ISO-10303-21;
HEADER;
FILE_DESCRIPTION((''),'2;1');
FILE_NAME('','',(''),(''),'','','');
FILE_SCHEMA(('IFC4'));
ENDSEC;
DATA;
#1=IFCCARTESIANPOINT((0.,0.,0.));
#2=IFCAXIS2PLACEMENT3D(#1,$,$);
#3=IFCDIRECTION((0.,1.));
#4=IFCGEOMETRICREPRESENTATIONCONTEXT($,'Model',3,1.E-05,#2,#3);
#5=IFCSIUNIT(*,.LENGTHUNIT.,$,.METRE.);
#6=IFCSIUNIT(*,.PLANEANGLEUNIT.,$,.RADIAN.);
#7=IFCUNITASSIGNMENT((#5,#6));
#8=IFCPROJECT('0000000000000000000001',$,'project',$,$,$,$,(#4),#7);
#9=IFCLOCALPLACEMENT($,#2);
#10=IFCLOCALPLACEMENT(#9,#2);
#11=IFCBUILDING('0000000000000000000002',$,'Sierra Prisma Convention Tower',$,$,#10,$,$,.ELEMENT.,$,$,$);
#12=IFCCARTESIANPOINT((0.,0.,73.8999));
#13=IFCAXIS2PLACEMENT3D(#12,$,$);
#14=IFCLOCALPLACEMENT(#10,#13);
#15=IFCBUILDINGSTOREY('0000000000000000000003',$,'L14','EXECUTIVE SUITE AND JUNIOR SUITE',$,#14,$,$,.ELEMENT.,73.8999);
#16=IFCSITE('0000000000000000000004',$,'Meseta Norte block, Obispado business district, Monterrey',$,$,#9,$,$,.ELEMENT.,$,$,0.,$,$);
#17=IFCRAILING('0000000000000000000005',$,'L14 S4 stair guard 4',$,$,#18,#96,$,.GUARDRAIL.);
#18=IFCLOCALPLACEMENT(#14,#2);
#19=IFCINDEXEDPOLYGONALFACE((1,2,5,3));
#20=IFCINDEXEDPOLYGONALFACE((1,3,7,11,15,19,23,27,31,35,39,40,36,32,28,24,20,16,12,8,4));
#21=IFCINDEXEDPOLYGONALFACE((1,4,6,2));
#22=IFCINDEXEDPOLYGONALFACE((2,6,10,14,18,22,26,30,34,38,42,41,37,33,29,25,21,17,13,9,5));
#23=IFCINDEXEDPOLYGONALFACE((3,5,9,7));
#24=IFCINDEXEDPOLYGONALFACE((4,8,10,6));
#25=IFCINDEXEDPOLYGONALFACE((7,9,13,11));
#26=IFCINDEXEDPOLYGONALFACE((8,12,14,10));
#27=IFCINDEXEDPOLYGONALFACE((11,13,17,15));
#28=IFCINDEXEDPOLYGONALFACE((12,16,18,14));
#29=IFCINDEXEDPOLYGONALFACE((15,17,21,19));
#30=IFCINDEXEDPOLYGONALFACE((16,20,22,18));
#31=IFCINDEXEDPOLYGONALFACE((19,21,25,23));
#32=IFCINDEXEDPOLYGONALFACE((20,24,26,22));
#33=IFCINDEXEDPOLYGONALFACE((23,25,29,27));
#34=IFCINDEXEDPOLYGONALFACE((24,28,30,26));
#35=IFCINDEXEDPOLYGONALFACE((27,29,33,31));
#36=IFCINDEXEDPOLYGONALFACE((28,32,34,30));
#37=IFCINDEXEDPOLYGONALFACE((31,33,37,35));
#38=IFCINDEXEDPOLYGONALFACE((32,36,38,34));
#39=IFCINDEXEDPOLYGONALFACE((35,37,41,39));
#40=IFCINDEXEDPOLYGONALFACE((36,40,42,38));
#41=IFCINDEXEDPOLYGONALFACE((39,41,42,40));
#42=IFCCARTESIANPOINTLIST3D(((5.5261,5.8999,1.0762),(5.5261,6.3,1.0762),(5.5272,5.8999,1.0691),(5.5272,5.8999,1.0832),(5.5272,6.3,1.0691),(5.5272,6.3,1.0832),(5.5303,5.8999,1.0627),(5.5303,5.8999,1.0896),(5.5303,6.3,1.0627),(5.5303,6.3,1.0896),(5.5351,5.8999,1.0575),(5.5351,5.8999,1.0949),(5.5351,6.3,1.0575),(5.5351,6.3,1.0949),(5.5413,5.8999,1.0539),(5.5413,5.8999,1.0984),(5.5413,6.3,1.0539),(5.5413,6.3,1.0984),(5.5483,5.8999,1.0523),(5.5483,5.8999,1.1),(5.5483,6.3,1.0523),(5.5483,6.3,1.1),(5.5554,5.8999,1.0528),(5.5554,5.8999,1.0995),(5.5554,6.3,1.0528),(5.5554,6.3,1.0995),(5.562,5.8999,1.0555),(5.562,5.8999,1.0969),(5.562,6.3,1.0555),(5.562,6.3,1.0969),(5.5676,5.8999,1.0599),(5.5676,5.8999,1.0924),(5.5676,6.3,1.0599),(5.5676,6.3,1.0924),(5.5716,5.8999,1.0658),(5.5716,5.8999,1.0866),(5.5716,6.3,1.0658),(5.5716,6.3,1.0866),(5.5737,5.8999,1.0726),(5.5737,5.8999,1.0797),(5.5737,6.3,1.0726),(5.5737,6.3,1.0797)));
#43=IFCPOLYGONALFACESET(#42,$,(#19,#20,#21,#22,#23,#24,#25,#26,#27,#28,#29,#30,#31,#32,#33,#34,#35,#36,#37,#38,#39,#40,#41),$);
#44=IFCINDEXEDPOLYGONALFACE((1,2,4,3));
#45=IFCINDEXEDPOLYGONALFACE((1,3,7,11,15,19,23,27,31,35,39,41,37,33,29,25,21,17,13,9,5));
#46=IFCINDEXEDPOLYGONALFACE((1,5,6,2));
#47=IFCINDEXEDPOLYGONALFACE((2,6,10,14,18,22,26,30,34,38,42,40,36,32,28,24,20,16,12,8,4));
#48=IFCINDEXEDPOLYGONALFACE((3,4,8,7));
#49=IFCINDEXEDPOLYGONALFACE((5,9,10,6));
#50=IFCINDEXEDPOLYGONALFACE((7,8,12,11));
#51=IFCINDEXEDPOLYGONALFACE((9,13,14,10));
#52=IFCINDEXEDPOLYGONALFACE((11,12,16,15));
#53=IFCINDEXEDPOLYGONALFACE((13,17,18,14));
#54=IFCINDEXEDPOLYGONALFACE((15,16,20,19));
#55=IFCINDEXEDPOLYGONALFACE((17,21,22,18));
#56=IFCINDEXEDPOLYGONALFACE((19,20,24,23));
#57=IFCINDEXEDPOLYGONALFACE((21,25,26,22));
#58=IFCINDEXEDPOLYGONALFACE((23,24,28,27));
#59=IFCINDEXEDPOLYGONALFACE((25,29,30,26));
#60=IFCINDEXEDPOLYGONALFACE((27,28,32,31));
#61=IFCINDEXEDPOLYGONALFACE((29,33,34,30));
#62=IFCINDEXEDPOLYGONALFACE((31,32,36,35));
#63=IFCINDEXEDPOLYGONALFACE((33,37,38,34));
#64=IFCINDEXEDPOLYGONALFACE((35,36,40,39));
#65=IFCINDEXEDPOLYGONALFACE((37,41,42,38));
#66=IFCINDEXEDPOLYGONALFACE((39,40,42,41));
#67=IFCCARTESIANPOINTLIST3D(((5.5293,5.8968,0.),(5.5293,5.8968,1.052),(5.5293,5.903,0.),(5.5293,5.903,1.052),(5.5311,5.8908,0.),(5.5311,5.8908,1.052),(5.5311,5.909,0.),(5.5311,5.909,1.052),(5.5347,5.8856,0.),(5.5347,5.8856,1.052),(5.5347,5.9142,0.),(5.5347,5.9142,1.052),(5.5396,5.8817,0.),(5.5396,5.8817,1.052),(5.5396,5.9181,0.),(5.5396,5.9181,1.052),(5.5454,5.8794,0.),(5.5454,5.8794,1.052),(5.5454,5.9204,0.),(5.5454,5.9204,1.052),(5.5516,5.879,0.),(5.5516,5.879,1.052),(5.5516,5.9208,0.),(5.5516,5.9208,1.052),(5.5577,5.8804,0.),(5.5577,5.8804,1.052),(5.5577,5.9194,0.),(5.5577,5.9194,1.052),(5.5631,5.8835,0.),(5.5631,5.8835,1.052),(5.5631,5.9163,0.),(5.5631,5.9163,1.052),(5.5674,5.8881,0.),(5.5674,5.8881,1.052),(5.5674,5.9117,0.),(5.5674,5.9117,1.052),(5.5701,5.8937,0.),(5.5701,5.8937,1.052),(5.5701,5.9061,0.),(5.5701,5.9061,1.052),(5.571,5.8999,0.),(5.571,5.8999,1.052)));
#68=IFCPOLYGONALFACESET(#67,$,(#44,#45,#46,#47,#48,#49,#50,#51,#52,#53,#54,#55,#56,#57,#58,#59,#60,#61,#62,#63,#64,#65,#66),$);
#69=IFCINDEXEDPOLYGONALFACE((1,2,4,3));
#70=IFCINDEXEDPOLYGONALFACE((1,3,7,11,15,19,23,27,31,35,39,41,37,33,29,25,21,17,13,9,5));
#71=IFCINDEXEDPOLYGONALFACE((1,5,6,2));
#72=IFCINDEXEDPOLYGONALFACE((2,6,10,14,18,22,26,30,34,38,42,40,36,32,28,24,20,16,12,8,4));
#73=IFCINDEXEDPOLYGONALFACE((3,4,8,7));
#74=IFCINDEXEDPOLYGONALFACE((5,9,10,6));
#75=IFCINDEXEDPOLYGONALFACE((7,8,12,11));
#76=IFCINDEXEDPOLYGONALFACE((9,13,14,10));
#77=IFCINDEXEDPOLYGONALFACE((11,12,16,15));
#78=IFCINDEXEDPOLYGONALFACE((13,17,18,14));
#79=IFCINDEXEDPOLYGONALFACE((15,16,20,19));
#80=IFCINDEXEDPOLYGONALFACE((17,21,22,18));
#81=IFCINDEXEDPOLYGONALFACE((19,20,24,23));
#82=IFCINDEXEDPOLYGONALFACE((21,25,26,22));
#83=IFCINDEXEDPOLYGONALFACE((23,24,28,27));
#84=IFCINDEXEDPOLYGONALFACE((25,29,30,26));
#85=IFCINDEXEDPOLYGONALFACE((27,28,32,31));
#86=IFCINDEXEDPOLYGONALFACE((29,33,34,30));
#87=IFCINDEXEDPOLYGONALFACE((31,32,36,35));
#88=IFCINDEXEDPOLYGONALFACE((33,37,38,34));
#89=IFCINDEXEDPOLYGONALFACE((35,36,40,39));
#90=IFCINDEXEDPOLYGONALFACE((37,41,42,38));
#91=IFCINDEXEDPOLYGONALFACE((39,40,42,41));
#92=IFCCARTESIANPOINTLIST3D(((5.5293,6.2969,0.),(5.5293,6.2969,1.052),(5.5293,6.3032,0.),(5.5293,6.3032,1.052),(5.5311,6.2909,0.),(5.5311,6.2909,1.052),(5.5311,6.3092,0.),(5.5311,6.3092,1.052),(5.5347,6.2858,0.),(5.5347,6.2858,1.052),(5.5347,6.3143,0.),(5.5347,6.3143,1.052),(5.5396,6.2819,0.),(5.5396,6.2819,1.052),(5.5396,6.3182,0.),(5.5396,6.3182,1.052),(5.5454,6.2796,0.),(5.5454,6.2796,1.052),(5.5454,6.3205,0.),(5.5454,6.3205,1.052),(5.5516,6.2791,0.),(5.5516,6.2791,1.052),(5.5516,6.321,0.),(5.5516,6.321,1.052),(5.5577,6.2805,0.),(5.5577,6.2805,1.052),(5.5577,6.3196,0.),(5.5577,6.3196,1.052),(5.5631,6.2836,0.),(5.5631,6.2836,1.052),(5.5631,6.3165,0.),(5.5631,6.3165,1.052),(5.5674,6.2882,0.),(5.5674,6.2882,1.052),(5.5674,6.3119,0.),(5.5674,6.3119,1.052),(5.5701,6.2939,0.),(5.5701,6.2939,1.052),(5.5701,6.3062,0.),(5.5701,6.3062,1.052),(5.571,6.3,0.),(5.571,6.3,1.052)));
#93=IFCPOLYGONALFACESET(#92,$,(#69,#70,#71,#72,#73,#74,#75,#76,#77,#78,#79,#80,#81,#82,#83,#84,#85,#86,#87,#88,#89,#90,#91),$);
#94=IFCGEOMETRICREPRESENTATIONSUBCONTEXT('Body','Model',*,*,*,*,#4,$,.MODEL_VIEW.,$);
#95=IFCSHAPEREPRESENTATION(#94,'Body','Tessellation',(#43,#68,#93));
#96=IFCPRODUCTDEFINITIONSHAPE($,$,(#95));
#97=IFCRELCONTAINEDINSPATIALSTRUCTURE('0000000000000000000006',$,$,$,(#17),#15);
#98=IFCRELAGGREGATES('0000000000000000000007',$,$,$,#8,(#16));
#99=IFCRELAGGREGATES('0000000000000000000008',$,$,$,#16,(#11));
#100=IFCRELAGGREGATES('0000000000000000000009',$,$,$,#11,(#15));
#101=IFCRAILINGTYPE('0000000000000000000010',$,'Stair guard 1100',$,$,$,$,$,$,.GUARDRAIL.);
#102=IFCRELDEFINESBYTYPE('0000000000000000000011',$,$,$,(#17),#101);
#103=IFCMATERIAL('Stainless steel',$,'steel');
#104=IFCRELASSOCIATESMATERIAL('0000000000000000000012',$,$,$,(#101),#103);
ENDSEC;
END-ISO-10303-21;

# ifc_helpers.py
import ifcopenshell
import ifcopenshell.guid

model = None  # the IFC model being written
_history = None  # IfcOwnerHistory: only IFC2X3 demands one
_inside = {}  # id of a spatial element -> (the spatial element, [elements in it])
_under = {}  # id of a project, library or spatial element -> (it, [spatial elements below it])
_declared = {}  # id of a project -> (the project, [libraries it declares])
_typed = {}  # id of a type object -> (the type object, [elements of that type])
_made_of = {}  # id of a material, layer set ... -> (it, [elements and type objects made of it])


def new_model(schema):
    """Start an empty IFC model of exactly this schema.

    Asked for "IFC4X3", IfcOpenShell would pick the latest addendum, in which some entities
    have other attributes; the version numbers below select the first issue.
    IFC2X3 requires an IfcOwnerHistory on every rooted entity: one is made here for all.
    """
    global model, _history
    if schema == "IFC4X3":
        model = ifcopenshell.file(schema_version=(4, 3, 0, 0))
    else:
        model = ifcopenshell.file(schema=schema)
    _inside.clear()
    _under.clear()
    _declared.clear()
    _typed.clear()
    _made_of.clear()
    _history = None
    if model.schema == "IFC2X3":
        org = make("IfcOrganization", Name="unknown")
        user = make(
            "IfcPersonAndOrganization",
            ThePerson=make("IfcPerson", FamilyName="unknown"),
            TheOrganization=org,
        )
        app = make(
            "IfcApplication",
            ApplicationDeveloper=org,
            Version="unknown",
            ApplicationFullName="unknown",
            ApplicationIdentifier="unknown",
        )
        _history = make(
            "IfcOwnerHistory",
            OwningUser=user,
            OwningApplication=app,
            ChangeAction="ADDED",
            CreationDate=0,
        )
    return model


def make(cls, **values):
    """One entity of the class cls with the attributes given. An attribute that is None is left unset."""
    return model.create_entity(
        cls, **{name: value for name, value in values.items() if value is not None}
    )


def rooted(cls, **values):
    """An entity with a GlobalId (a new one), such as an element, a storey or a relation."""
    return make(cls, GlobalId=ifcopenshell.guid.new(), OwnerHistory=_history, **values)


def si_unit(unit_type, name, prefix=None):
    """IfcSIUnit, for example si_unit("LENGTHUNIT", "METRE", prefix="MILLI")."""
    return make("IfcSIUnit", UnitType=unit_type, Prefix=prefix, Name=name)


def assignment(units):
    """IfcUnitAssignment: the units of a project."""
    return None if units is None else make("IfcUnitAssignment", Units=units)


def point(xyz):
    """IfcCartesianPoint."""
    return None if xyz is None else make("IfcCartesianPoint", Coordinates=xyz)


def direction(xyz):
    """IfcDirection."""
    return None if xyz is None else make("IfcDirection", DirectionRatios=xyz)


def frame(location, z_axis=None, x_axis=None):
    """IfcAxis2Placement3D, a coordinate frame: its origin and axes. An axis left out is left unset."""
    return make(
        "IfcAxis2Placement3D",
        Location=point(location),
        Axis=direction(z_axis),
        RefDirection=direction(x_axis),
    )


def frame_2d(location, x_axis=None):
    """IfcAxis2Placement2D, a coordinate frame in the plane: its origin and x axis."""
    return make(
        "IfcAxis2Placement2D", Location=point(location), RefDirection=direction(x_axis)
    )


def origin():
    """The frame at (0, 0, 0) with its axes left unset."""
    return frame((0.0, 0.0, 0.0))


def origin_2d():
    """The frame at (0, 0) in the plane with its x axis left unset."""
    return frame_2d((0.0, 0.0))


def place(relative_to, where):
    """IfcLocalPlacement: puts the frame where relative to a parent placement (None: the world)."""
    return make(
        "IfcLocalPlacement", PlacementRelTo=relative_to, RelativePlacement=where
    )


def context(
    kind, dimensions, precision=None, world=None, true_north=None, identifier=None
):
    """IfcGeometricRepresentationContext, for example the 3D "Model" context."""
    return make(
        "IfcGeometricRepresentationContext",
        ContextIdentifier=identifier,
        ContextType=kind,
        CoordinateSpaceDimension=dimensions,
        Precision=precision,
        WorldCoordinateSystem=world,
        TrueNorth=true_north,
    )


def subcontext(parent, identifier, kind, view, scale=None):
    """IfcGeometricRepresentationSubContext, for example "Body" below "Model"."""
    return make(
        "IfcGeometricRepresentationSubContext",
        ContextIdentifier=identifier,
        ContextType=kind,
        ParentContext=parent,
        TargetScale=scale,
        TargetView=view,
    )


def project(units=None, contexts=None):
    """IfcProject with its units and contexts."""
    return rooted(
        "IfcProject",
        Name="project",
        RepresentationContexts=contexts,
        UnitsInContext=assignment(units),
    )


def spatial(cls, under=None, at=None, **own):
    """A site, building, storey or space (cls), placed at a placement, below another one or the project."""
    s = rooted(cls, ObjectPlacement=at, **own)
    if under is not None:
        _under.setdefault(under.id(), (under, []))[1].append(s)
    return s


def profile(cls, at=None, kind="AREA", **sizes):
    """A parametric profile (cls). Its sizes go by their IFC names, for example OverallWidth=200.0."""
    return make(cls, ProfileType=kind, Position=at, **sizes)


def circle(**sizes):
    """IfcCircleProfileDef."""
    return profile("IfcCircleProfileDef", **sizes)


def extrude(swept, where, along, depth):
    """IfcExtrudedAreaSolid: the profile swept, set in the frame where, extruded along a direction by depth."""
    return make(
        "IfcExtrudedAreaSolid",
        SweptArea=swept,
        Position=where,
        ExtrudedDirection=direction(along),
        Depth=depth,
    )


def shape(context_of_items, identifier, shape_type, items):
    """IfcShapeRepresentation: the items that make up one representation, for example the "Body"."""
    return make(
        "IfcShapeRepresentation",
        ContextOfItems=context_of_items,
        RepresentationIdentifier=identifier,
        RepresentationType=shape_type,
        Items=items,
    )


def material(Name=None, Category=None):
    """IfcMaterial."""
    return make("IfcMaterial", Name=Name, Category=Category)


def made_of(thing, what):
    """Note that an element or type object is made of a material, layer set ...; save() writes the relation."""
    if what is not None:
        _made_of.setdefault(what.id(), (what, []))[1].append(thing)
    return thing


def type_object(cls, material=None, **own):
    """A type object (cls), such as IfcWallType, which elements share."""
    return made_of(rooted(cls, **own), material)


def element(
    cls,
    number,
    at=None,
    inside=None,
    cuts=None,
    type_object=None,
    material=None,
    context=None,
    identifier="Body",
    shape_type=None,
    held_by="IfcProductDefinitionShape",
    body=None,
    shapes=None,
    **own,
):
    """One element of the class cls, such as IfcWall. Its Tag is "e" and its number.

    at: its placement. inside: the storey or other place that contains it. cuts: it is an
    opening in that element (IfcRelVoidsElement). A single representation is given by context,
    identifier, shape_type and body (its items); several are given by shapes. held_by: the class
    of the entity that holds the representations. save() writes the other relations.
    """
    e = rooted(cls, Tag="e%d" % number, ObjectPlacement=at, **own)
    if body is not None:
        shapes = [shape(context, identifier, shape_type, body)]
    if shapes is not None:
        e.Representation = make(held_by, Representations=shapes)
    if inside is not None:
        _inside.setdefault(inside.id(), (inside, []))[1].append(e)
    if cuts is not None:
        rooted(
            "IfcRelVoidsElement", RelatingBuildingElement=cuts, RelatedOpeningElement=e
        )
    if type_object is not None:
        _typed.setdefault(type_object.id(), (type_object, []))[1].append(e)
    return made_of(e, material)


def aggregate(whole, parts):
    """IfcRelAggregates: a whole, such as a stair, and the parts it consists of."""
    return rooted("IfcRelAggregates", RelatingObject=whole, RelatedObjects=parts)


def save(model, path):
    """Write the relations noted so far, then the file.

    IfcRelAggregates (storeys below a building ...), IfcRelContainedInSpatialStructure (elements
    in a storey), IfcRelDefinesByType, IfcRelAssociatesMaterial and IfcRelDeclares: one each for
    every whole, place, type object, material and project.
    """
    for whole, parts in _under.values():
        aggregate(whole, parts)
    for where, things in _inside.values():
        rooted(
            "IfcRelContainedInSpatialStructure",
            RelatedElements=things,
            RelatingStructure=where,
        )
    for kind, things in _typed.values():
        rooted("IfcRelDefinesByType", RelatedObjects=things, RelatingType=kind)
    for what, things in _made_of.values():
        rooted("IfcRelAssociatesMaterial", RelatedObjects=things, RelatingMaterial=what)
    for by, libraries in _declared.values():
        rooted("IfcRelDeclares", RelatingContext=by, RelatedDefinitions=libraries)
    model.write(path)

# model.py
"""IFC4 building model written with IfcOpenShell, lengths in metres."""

from ifc_helpers import new_model, si_unit, direction, frame, origin, origin_2d, place, context, subcontext, project, spatial, circle, extrude, material, type_object, element, save


model = new_model("IFC4")

# Units and contexts
model_context = context("Model", 3, precision=1e-05, world=origin(), true_north=direction((0.0, 1.0)))
body_context = subcontext(model_context, "Body", "Model", "MODEL_VIEW")
ifc_project = project(units=[si_unit("LENGTHUNIT", "METRE"), si_unit("PLANEANGLEUNIT", "RADIAN")], contexts=[model_context])

# Site, building, storey
site_placement = place(None, origin())
site = spatial("IfcSite", under=ifc_project, at=site_placement, Name="Meseta Norte block, Obispado business district, Monterrey", CompositionType="ELEMENT", RefElevation=0.0)
building_placement = place(site_placement, origin())
building = spatial("IfcBuilding", under=site, at=building_placement, Name="Sierra Prisma Convention Tower", CompositionType="ELEMENT")
storey_placement = place(building_placement, frame((0.0, 0.0, 73.8999)))
storey = spatial("IfcBuildingStorey", under=building, at=storey_placement, Name="L14", Description="EXECUTIVE SUITE AND JUNIOR SUITE", CompositionType="ELEMENT", Elevation=73.8999)

# Railing
ifc_material_1 = material(Name="Stainless steel", Category="steel")
railing_type_1 = type_object("IfcRailingType", Name="Stair guard 1100", PredefinedType="GUARDRAIL", material=ifc_material_1)
railing_1_placement = place(storey_placement, frame((5.55, 5.8999, 0.0)))
element("IfcRailing", 1, at=railing_1_placement, inside=storey, type_object=railing_type_1, Name="L14 S4 stair guard 4", PredefinedType="GUARDRAIL", context=body_context, shape_type="SweptSolid", body=[
    extrude(circle(Radius=0.0239, at=origin_2d()), frame((0.0, 0.0, 1.0762), z_axis=(0.0, 1.0, 0.0), x_axis=(-1.0, 0.0, 0.0)), (0.0, 0.0, 1.0), 0.4001),
    extrude(circle(Radius=0.021, at=origin_2d()), origin(), (0.0, 0.0, 1.0), 1.052),
    extrude(circle(Radius=0.021, at=origin_2d()), frame((0.0, 0.4001, 0.0)), (0.0, 0.0, 1.0), 1.052),
])

save(model, "model.ifc")
